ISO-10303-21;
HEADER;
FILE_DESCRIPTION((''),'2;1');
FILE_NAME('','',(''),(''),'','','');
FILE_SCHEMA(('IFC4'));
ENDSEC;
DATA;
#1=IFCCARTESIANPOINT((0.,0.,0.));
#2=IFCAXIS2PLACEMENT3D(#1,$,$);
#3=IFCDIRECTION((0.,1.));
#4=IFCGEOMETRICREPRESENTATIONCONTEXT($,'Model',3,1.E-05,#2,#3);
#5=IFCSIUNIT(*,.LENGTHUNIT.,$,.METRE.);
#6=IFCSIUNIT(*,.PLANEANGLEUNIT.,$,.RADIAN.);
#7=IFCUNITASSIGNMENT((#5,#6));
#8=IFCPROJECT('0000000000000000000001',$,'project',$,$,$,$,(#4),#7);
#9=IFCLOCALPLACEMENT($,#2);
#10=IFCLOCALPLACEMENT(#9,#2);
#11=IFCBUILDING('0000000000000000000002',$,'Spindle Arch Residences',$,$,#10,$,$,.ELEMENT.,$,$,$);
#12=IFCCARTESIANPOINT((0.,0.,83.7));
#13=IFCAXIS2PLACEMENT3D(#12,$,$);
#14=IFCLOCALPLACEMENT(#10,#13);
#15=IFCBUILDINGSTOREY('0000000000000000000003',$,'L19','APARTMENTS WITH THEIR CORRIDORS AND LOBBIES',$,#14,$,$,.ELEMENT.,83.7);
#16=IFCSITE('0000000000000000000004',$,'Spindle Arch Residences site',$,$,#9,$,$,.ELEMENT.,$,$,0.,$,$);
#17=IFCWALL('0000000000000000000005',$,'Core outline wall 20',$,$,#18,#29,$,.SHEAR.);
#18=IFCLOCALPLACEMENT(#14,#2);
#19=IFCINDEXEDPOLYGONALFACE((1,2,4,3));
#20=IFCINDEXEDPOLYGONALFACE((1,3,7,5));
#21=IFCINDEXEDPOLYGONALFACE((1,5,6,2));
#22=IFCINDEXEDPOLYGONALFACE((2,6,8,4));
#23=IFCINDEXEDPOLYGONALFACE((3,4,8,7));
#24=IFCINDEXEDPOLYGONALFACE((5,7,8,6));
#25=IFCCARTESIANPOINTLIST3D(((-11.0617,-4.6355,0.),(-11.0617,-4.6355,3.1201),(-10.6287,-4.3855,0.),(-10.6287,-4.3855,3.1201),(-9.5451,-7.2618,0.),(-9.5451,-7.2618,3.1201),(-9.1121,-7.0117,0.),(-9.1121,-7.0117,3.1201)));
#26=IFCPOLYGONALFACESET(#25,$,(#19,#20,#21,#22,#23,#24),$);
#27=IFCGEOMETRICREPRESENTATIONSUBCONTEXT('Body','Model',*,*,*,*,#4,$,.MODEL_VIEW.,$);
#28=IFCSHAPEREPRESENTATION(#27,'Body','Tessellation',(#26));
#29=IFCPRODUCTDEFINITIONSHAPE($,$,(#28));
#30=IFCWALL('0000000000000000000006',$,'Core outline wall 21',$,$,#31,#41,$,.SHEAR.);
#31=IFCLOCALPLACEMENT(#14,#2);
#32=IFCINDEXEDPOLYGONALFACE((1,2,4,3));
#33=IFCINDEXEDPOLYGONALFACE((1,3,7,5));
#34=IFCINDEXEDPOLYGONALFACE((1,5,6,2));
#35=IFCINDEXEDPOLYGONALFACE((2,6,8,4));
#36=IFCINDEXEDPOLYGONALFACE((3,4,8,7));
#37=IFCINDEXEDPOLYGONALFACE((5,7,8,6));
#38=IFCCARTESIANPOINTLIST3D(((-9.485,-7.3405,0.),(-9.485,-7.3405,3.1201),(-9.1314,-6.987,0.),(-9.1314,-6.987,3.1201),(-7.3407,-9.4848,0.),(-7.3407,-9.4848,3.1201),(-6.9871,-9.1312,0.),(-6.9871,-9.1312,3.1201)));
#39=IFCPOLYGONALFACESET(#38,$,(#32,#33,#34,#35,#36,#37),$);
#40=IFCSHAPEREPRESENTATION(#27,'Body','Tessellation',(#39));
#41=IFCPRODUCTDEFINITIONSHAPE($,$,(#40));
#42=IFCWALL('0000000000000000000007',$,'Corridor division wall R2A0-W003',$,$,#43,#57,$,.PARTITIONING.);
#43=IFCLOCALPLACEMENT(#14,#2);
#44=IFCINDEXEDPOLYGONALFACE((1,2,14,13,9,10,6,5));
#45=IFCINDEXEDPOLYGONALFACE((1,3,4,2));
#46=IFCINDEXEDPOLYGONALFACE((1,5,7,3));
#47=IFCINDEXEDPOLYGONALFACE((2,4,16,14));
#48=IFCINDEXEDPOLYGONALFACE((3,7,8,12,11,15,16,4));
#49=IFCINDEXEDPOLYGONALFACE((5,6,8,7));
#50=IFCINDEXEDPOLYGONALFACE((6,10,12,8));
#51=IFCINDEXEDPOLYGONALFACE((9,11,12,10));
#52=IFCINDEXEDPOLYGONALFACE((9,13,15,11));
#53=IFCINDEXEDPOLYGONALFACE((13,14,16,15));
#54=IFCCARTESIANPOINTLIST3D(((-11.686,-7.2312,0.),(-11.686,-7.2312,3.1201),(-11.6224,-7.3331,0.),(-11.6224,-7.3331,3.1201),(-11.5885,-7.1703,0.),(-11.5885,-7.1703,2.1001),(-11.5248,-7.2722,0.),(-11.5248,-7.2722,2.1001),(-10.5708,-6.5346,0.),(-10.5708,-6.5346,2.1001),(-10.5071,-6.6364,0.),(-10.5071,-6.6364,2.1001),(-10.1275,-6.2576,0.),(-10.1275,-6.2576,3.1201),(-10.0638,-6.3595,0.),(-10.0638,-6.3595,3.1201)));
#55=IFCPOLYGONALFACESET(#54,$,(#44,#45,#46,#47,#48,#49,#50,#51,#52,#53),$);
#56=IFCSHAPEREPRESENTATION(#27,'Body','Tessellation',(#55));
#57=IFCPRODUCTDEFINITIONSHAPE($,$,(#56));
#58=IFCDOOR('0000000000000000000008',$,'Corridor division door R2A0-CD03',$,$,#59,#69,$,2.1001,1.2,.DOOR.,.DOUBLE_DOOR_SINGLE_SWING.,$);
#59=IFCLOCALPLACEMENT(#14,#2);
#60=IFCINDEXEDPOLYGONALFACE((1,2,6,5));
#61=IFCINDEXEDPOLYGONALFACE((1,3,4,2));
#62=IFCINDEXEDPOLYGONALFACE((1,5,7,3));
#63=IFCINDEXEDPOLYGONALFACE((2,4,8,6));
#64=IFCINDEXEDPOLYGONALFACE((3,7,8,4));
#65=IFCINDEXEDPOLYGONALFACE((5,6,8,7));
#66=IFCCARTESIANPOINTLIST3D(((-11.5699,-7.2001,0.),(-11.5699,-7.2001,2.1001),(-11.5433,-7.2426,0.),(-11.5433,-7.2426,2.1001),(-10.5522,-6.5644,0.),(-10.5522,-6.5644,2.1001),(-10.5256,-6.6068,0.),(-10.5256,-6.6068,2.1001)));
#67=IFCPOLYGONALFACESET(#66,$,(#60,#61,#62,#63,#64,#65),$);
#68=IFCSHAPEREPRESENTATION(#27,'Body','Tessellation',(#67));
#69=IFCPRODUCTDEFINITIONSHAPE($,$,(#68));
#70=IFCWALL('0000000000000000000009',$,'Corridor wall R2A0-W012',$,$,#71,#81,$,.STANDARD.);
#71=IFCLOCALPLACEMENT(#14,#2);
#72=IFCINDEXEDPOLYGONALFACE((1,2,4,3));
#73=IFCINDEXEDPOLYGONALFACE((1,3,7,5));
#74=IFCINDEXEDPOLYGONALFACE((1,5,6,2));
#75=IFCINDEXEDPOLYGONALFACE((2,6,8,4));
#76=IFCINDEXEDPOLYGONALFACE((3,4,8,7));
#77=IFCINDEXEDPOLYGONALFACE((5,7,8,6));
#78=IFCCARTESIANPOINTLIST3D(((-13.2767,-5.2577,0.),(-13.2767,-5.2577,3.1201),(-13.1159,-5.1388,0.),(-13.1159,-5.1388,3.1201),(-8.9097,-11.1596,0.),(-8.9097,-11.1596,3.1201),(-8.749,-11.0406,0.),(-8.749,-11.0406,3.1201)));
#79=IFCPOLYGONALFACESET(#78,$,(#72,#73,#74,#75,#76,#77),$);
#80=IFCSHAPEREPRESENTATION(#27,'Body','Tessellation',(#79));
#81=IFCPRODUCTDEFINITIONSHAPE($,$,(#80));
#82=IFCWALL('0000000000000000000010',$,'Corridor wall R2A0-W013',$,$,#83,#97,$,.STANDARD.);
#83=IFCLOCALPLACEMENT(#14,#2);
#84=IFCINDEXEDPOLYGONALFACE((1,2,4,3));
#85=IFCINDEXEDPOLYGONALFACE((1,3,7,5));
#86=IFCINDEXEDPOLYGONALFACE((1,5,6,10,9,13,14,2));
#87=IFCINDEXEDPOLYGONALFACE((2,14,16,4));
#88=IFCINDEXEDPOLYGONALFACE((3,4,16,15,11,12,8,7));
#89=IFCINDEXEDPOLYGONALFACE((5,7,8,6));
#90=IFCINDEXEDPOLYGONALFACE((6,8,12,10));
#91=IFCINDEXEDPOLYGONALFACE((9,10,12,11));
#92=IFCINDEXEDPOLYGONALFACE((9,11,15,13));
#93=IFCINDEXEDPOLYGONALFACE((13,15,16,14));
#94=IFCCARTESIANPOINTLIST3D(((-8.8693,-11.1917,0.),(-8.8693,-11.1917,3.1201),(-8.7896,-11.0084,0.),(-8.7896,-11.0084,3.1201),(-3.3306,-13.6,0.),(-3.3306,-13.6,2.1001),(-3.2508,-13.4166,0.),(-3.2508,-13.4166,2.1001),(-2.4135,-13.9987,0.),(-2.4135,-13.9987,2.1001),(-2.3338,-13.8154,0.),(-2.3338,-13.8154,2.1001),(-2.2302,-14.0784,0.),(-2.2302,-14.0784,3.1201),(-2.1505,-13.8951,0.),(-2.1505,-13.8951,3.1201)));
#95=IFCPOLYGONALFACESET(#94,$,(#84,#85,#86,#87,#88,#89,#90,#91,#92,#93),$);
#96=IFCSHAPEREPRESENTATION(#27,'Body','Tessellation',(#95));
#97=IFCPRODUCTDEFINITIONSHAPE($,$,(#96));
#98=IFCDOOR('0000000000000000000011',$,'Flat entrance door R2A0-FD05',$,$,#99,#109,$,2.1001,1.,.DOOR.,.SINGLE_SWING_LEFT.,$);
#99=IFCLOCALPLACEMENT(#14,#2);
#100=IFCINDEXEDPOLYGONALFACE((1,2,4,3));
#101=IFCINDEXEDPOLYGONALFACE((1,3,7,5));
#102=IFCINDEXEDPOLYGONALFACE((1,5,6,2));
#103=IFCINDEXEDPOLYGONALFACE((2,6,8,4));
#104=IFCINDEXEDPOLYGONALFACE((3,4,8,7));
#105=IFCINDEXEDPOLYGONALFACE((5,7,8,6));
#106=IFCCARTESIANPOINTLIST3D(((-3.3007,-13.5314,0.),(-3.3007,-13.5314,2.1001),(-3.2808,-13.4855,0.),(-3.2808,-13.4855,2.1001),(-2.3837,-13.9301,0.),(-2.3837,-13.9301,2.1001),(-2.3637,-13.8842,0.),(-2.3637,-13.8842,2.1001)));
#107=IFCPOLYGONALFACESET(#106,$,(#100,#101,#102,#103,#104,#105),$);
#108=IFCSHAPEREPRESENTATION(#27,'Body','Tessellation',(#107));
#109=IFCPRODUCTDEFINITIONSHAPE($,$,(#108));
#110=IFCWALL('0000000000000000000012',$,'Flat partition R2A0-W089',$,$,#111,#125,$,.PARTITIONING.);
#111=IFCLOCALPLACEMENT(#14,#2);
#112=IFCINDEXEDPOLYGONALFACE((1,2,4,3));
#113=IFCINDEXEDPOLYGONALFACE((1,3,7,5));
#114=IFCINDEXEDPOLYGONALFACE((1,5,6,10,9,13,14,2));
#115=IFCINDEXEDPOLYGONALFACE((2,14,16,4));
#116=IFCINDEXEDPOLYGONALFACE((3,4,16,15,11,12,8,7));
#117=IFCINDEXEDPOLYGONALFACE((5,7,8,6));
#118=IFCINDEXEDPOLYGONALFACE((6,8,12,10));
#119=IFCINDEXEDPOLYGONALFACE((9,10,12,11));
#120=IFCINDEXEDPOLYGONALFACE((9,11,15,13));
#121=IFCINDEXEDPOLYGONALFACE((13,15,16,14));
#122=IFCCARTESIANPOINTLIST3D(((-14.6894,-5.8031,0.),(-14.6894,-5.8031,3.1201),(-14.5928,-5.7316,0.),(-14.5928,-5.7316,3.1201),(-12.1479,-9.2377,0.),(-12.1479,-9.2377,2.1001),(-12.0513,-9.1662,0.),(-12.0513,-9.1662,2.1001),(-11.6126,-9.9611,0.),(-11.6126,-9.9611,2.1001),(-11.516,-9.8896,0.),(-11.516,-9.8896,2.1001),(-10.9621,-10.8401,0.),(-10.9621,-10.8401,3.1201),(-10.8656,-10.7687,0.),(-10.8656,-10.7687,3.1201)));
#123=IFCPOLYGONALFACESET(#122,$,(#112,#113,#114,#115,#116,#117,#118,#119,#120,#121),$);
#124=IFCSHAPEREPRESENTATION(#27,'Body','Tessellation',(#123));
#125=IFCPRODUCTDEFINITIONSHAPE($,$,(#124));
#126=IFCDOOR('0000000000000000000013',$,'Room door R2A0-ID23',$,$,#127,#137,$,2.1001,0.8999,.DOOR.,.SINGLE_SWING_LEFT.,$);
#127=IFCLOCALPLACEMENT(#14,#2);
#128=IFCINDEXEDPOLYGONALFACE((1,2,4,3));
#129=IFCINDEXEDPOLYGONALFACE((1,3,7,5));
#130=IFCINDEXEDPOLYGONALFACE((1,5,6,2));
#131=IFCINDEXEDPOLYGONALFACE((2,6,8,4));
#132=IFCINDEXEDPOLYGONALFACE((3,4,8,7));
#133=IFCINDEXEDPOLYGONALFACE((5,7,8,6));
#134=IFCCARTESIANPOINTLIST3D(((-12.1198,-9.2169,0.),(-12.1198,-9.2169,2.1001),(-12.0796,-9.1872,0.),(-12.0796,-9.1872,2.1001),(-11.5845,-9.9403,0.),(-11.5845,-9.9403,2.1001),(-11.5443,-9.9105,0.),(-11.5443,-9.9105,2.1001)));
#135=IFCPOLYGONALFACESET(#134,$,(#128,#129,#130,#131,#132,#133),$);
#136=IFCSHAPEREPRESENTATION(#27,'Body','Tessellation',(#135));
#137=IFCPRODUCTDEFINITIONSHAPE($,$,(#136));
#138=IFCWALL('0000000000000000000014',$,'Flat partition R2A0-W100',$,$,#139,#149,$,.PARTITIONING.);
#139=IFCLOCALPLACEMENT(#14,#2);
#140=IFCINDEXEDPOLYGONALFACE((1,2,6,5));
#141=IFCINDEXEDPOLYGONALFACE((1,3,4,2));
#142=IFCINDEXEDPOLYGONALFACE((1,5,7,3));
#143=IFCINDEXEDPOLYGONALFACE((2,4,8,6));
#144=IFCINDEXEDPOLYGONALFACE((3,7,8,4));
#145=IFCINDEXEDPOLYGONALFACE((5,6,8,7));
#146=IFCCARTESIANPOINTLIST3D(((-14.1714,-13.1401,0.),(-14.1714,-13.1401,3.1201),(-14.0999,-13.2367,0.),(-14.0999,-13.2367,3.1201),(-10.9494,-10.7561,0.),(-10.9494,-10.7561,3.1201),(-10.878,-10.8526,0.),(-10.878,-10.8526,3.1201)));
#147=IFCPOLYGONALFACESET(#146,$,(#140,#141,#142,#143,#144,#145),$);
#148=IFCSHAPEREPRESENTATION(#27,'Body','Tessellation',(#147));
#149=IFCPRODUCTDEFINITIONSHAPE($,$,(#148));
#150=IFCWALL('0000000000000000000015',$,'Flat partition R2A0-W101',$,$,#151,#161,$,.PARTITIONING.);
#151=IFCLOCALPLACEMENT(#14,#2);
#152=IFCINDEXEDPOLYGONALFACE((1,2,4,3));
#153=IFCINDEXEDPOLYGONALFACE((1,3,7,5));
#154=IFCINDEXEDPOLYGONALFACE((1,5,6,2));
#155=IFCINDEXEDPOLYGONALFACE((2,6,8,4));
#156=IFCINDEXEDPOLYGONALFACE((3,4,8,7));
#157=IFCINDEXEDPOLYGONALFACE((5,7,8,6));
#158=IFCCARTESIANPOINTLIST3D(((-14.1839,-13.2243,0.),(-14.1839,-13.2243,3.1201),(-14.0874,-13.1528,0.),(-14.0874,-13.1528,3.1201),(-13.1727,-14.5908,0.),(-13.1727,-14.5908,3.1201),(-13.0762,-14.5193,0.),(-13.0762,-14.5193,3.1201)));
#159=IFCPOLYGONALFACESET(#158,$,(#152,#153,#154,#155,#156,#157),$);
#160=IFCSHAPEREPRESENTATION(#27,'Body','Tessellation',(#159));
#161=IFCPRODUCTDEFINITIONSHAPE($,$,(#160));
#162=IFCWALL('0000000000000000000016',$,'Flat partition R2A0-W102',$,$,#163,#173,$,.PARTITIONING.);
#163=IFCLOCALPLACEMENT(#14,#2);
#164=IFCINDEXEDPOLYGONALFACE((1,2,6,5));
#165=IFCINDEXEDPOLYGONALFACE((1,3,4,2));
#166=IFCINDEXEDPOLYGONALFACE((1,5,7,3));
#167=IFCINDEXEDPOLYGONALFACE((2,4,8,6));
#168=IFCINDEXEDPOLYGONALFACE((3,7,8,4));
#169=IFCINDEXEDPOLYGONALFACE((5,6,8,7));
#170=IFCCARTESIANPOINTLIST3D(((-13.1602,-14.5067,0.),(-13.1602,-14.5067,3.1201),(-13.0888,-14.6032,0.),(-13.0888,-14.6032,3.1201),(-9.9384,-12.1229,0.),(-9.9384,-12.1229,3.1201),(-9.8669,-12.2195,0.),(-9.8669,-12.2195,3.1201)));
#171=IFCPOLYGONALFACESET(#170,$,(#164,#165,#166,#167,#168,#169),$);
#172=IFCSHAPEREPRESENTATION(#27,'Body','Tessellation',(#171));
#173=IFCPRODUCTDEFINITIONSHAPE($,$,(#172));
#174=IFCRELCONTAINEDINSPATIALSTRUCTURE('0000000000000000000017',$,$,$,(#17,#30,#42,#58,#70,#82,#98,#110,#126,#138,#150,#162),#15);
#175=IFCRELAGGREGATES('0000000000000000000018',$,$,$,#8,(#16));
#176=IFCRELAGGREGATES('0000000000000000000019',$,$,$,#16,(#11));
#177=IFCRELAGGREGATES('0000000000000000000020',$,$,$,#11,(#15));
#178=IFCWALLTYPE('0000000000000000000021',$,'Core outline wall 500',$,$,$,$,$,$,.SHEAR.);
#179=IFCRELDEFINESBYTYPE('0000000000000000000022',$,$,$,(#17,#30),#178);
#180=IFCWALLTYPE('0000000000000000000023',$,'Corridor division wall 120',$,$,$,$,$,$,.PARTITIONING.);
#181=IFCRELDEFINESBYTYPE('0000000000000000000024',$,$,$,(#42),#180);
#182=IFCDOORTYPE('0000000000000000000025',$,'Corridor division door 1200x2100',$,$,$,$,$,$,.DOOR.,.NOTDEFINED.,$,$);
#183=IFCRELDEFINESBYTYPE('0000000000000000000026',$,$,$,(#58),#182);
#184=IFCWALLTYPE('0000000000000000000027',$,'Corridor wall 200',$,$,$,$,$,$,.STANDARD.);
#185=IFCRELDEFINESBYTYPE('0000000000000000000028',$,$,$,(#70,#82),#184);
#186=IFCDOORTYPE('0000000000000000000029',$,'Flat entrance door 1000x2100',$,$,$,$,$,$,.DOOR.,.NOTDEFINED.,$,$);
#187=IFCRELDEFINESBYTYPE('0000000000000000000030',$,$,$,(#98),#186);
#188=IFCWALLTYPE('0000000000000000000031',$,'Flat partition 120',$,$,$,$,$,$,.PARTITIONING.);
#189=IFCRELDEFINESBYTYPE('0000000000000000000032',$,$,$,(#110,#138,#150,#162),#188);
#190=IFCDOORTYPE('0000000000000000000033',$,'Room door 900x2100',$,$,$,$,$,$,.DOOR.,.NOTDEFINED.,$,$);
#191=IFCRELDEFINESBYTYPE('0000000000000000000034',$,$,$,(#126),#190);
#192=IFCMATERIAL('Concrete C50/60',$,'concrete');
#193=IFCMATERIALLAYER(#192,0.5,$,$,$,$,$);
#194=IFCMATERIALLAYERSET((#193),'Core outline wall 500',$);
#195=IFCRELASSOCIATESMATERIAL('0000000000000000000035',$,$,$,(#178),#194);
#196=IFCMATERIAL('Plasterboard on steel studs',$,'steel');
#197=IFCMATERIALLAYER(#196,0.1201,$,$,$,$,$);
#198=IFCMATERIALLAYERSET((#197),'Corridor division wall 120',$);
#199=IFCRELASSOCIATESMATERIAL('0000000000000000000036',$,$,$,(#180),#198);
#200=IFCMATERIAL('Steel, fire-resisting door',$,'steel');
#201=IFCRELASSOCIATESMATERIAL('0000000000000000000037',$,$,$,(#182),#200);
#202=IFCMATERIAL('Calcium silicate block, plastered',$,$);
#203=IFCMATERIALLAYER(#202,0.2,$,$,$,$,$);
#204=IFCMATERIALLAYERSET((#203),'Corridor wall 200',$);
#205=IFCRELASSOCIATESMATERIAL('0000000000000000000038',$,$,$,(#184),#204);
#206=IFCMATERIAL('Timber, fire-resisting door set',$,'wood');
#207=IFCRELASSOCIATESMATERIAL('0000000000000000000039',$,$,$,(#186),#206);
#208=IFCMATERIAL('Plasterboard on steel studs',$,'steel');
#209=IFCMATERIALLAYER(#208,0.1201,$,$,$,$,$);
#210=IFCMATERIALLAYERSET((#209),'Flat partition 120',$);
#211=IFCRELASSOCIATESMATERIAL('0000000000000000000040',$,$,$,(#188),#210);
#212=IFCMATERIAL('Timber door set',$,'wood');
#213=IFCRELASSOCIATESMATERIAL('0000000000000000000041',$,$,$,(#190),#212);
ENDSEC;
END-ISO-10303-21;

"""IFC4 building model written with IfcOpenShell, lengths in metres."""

from ifc_helpers import new_model, si_unit, direction, frame, frame_2d, origin, place, context, subcontext, project, spatial, rectangle, extrude, material, layer, layer_set, type_object, element, fill, save


model = new_model("IFC4")

# Units and contexts
model_context = context("Model", 3, precision=1e-05, world=origin(), true_north=direction((0.0, 1.0)))
body_context = subcontext(model_context, "Body", "Model", "MODEL_VIEW")
ifc_project = project(units=[si_unit("LENGTHUNIT", "METRE"), si_unit("PLANEANGLEUNIT", "RADIAN")], contexts=[model_context])

# Site, building, storey
site_placement = place(None, origin())
site = spatial("IfcSite", under=ifc_project, at=site_placement, Name="Spindle Arch Residences site", CompositionType="ELEMENT", RefElevation=0.0)
building_placement = place(site_placement, origin())
building = spatial("IfcBuilding", under=site, at=building_placement, Name="Spindle Arch Residences", CompositionType="ELEMENT")
storey_placement = place(building_placement, frame((0.0, 0.0, 83.7)))
storey = spatial("IfcBuildingStorey", under=building, at=storey_placement, Name="L19", Description="APARTMENTS WITH THEIR CORRIDORS AND LOBBIES", CompositionType="ELEMENT", Elevation=83.7)

# Walls
ifc_material_1 = material(Name="Concrete C50/60", Category="concrete")
ifc_layer_1 = layer(ifc_material_1, 0.5)
ifc_layer_set_1 = layer_set([ifc_layer_1], Name="Core outline wall 500")
wall_type_1 = type_object("IfcWallType", Name="Core outline wall 500", PredefinedType="SHEAR", material=ifc_layer_set_1)
wall_1_placement = place(storey_placement, frame((-10.8452, -4.5105, 0.0), z_axis=(0.0, 0.0, 1.0), x_axis=(0.500087, -0.865975, 0.0)))
element("IfcWall", 1, at=wall_1_placement, inside=storey, type_object=wall_type_1, Name="Core outline wall 20", PredefinedType="SHEAR", context=body_context, shape_type="SweptSolid", body=[
    extrude(rectangle(XDim=3.0327, YDim=0.5, at=frame_2d((1.5164, 0.0))), origin(), (0.0, 0.0, 1.0), 3.1201),
])
wall_2_placement = place(storey_placement, frame((-9.3081, -7.1638, 0.0), z_axis=(0.0, 0.0, 1.0), x_axis=(0.707107, -0.707107, 0.0)))
element("IfcWall", 2, at=wall_2_placement, inside=storey, type_object=wall_type_1, Name="Core outline wall 21", PredefinedType="SHEAR", context=body_context, shape_type="SweptSolid", body=[
    extrude(rectangle(XDim=3.0325, YDim=0.5, at=frame_2d((1.5161, 0.0))), origin(), (0.0, 0.0, 1.0), 3.1201),
])

# Wall, opening, door
ifc_material_2 = material(Name="Plasterboard on steel studs", Category="steel")
ifc_layer_2 = layer(ifc_material_2, 0.1201)
ifc_layer_set_2 = layer_set([ifc_layer_2], Name="Corridor division wall 120")
wall_type_2 = type_object("IfcWallType", Name="Corridor division wall 120", PredefinedType="PARTITIONING", material=ifc_layer_set_2)
wall_3_placement = place(storey_placement, frame((-11.6543, -7.2822, 0.0), z_axis=(0.0, 0.0, 1.0), x_axis=(0.848118, 0.529808, 0.0)))
wall_3 = element("IfcWall", 3, at=wall_3_placement, inside=storey, type_object=wall_type_2, Name="Corridor division wall R2A0-W003", PredefinedType="PARTITIONING", context=body_context, shape_type="SweptSolid", body=[
    extrude(rectangle(XDim=1.8376, YDim=0.1201, at=frame_2d((0.9189, 0.0))), origin(), (0.0, 0.0, 1.0), 3.1201),
])
opening_1_placement = place(wall_3_placement, frame((0.115, 0.0, 0.0)))
opening_1 = element("IfcOpeningElement", 4, at=opening_1_placement, cuts=wall_3, PredefinedType="OPENING", context=body_context, shape_type="SweptSolid", body=[
    extrude(rectangle(XDim=1.2, YDim=2.1001, at=frame_2d((0.6001, 1.05))), frame((0.0, 0.0701, 0.0), z_axis=(0.0, -1.0, 0.0), x_axis=(1.0, 0.0, 0.0)), (0.0, 0.0, 1.0), 0.1401),
])
ifc_material_3 = material(Name="Steel, fire-resisting door", Category="steel")
door_type_1 = type_object("IfcDoorType", Name="Corridor division door 1200x2100", OperationType="NOTDEFINED", PredefinedType="DOOR", material=ifc_material_3)
door_1_placement = place(opening_1_placement, origin())
door_1 = element("IfcDoor", 5, at=door_1_placement, inside=storey, type_object=door_type_1, Name="Corridor division door R2A0-CD03", OperationType="DOUBLE_DOOR_SINGLE_SWING", OverallHeight=2.1001, OverallWidth=1.2, PredefinedType="DOOR", context=body_context, shape_type="SweptSolid", body=[
    extrude(rectangle(XDim=1.2, YDim=2.1001, at=frame_2d((0.6001, 1.05))), frame((0.0, 0.0249, 0.0), z_axis=(0.0, -1.0, 0.0), x_axis=(1.0, 0.0, 0.0)), (0.0, 0.0, 1.0), 0.05),
])
fill(opening_1, door_1)

# Wall
ifc_material_4 = material(Name="Calcium silicate block, plastered")
ifc_layer_3 = layer(ifc_material_4, 0.2)
ifc_layer_set_3 = layer_set([ifc_layer_3], Name="Corridor wall 200")
wall_type_3 = type_object("IfcWallType", Name="Corridor wall 200", PredefinedType="STANDARD", material=ifc_layer_set_3)
wall_4_placement = place(storey_placement, frame((-13.1963, -5.1982, 0.0), z_axis=(0.0, 0.0, 1.0), x_axis=(0.594805, -0.80387, 0.0)))
element("IfcWall", 6, at=wall_4_placement, inside=storey, type_object=wall_type_3, Name="Corridor wall R2A0-W012", PredefinedType="STANDARD", context=body_context, shape_type="SweptSolid", body=[
    extrude(rectangle(XDim=7.3418, YDim=0.2, at=frame_2d((3.6709, 0.0))), origin(), (0.0, 0.0, 1.0), 3.1201),
])

# Walls, openings, doors
wall_5_placement = place(storey_placement, frame((-8.8293, -11.1001, 0.0), z_axis=(0.0, 0.0, 1.0), x_axis=(0.917064, -0.398741, 0.0)))
wall_5 = element("IfcWall", 7, at=wall_5_placement, inside=storey, type_object=wall_type_3, Name="Corridor wall R2A0-W013", PredefinedType="STANDARD", context=body_context, shape_type="SweptSolid", body=[
    extrude(rectangle(XDim=7.2395, YDim=0.2, at=frame_2d((3.6196, 0.0))), origin(), (0.0, 0.0, 1.0), 3.1201),
])
opening_2_placement = place(wall_5_placement, frame((6.0396, 0.0, 0.0)))
opening_2 = element("IfcOpeningElement", 8, at=opening_2_placement, cuts=wall_5, PredefinedType="OPENING", context=body_context, shape_type="SweptSolid", body=[
    extrude(rectangle(XDim=1.0, YDim=2.1001, at=frame_2d((0.5, 1.05))), frame((0.0, 0.1099, 0.0), z_axis=(0.0, -1.0, 0.0), x_axis=(1.0, 0.0, 0.0)), (0.0, 0.0, 1.0), 0.22),
])
ifc_material_5 = material(Name="Timber, fire-resisting door set", Category="wood")
door_type_2 = type_object("IfcDoorType", Name="Flat entrance door 1000x2100", OperationType="NOTDEFINED", PredefinedType="DOOR", material=ifc_material_5)
door_2_placement = place(opening_2_placement, origin())
door_2 = element("IfcDoor", 9, at=door_2_placement, inside=storey, type_object=door_type_2, Name="Flat entrance door R2A0-FD05", OperationType="SINGLE_SWING_LEFT", OverallHeight=2.1001, OverallWidth=1.0, PredefinedType="DOOR", context=body_context, shape_type="SweptSolid", body=[
    extrude(rectangle(XDim=1.0, YDim=2.1001, at=frame_2d((0.5, 1.05))), frame((0.0, 0.0249, 0.0), z_axis=(0.0, -1.0, 0.0), x_axis=(1.0, 0.0, 0.0)), (0.0, 0.0, 1.0), 0.05),
])
fill(opening_2, door_2)
ifc_material_6 = material(Name="Plasterboard on steel studs", Category="steel")
ifc_layer_4 = layer(ifc_material_6, 0.1201)
ifc_layer_set_4 = layer_set([ifc_layer_4], Name="Flat partition 120")
wall_type_4 = type_object("IfcWallType", Name="Flat partition 120", PredefinedType="PARTITIONING", material=ifc_layer_set_4)
wall_6_placement = place(storey_placement, frame((-14.6411, -5.7673, 0.0), z_axis=(0.0, 0.0, 1.0), x_axis=(0.594826, -0.803855, 0.0)))
wall_6 = element("IfcWall", 10, at=wall_6_placement, inside=storey, type_object=wall_type_4, Name="Flat partition R2A0-W089", PredefinedType="PARTITIONING", context=body_context, shape_type="SweptSolid", body=[
    extrude(rectangle(XDim=6.2661, YDim=0.1201, at=frame_2d((3.1331, 0.0))), origin(), (0.0, 0.0, 1.0), 3.1201),
])
opening_3_placement = place(wall_6_placement, frame((4.2727, 0.0, 0.0)))
opening_3 = element("IfcOpeningElement", 11, at=opening_3_placement, cuts=wall_6, PredefinedType="OPENING", context=body_context, shape_type="SweptSolid", body=[
    extrude(rectangle(XDim=0.8999, YDim=2.1001, at=frame_2d((0.45, 1.05))), frame((0.0, 0.0701, 0.0), z_axis=(0.0, -1.0, 0.0), x_axis=(1.0, 0.0, 0.0)), (0.0, 0.0, 1.0), 0.1401),
])
ifc_material_7 = material(Name="Timber door set", Category="wood")
door_type_3 = type_object("IfcDoorType", Name="Room door 900x2100", OperationType="NOTDEFINED", PredefinedType="DOOR", material=ifc_material_7)
door_3_placement = place(opening_3_placement, origin())
door_3 = element("IfcDoor", 12, at=door_3_placement, inside=storey, type_object=door_type_3, Name="Room door R2A0-ID23", OperationType="SINGLE_SWING_LEFT", OverallHeight=2.1001, OverallWidth=0.8999, PredefinedType="DOOR", context=body_context, shape_type="SweptSolid", body=[
    extrude(rectangle(XDim=0.8999, YDim=2.1001, at=frame_2d((0.45, 1.05))), frame((0.0, 0.0249, 0.0), z_axis=(0.0, -1.0, 0.0), x_axis=(1.0, 0.0, 0.0)), (0.0, 0.0, 1.0), 0.05),
])
fill(opening_3, door_3)

# Walls
wall_7_placement = place(storey_placement, frame((-10.9138, -10.8044, 0.0), z_axis=(0.0, 0.0, 1.0), x_axis=(-0.803865, -0.594812, 0.0)))
element("IfcWall", 13, at=wall_7_placement, inside=storey, type_object=wall_type_4, Name="Flat partition R2A0-W100", PredefinedType="PARTITIONING", context=body_context, shape_type="SweptSolid", body=[
    extrude(rectangle(XDim=4.0081, YDim=0.1201, at=frame_2d((2.0039, 0.0))), origin(), (0.0, 0.0, 1.0), 3.1201),
])
wall_8_placement = place(storey_placement, frame((-14.1357, -13.1885, 0.0), z_axis=(0.0, 0.0, 1.0), x_axis=(0.594863, -0.803827, 0.0)))
element("IfcWall", 14, at=wall_8_placement, inside=storey, type_object=wall_type_4, Name="Flat partition R2A0-W101", PredefinedType="PARTITIONING", context=body_context, shape_type="SweptSolid", body=[
    extrude(rectangle(XDim=1.7, YDim=0.1201, at=frame_2d((0.8501, 0.0))), origin(), (0.0, 0.0, 1.0), 3.1201),
])
wall_9_placement = place(storey_placement, frame((-13.1245, -14.5549, 0.0), z_axis=(0.0, 0.0, 1.0), x_axis=(0.803894, 0.594773, 0.0)))
element("IfcWall", 15, at=wall_9_placement, inside=storey, type_object=wall_type_4, Name="Flat partition R2A0-W102", PredefinedType="PARTITIONING", context=body_context, shape_type="SweptSolid", body=[
    extrude(rectangle(XDim=4.0078, YDim=0.1201, at=frame_2d((2.0039, 0.0))), origin(), (0.0, 0.0, 1.0), 3.1201),
])

save(model, "model.ifc")
